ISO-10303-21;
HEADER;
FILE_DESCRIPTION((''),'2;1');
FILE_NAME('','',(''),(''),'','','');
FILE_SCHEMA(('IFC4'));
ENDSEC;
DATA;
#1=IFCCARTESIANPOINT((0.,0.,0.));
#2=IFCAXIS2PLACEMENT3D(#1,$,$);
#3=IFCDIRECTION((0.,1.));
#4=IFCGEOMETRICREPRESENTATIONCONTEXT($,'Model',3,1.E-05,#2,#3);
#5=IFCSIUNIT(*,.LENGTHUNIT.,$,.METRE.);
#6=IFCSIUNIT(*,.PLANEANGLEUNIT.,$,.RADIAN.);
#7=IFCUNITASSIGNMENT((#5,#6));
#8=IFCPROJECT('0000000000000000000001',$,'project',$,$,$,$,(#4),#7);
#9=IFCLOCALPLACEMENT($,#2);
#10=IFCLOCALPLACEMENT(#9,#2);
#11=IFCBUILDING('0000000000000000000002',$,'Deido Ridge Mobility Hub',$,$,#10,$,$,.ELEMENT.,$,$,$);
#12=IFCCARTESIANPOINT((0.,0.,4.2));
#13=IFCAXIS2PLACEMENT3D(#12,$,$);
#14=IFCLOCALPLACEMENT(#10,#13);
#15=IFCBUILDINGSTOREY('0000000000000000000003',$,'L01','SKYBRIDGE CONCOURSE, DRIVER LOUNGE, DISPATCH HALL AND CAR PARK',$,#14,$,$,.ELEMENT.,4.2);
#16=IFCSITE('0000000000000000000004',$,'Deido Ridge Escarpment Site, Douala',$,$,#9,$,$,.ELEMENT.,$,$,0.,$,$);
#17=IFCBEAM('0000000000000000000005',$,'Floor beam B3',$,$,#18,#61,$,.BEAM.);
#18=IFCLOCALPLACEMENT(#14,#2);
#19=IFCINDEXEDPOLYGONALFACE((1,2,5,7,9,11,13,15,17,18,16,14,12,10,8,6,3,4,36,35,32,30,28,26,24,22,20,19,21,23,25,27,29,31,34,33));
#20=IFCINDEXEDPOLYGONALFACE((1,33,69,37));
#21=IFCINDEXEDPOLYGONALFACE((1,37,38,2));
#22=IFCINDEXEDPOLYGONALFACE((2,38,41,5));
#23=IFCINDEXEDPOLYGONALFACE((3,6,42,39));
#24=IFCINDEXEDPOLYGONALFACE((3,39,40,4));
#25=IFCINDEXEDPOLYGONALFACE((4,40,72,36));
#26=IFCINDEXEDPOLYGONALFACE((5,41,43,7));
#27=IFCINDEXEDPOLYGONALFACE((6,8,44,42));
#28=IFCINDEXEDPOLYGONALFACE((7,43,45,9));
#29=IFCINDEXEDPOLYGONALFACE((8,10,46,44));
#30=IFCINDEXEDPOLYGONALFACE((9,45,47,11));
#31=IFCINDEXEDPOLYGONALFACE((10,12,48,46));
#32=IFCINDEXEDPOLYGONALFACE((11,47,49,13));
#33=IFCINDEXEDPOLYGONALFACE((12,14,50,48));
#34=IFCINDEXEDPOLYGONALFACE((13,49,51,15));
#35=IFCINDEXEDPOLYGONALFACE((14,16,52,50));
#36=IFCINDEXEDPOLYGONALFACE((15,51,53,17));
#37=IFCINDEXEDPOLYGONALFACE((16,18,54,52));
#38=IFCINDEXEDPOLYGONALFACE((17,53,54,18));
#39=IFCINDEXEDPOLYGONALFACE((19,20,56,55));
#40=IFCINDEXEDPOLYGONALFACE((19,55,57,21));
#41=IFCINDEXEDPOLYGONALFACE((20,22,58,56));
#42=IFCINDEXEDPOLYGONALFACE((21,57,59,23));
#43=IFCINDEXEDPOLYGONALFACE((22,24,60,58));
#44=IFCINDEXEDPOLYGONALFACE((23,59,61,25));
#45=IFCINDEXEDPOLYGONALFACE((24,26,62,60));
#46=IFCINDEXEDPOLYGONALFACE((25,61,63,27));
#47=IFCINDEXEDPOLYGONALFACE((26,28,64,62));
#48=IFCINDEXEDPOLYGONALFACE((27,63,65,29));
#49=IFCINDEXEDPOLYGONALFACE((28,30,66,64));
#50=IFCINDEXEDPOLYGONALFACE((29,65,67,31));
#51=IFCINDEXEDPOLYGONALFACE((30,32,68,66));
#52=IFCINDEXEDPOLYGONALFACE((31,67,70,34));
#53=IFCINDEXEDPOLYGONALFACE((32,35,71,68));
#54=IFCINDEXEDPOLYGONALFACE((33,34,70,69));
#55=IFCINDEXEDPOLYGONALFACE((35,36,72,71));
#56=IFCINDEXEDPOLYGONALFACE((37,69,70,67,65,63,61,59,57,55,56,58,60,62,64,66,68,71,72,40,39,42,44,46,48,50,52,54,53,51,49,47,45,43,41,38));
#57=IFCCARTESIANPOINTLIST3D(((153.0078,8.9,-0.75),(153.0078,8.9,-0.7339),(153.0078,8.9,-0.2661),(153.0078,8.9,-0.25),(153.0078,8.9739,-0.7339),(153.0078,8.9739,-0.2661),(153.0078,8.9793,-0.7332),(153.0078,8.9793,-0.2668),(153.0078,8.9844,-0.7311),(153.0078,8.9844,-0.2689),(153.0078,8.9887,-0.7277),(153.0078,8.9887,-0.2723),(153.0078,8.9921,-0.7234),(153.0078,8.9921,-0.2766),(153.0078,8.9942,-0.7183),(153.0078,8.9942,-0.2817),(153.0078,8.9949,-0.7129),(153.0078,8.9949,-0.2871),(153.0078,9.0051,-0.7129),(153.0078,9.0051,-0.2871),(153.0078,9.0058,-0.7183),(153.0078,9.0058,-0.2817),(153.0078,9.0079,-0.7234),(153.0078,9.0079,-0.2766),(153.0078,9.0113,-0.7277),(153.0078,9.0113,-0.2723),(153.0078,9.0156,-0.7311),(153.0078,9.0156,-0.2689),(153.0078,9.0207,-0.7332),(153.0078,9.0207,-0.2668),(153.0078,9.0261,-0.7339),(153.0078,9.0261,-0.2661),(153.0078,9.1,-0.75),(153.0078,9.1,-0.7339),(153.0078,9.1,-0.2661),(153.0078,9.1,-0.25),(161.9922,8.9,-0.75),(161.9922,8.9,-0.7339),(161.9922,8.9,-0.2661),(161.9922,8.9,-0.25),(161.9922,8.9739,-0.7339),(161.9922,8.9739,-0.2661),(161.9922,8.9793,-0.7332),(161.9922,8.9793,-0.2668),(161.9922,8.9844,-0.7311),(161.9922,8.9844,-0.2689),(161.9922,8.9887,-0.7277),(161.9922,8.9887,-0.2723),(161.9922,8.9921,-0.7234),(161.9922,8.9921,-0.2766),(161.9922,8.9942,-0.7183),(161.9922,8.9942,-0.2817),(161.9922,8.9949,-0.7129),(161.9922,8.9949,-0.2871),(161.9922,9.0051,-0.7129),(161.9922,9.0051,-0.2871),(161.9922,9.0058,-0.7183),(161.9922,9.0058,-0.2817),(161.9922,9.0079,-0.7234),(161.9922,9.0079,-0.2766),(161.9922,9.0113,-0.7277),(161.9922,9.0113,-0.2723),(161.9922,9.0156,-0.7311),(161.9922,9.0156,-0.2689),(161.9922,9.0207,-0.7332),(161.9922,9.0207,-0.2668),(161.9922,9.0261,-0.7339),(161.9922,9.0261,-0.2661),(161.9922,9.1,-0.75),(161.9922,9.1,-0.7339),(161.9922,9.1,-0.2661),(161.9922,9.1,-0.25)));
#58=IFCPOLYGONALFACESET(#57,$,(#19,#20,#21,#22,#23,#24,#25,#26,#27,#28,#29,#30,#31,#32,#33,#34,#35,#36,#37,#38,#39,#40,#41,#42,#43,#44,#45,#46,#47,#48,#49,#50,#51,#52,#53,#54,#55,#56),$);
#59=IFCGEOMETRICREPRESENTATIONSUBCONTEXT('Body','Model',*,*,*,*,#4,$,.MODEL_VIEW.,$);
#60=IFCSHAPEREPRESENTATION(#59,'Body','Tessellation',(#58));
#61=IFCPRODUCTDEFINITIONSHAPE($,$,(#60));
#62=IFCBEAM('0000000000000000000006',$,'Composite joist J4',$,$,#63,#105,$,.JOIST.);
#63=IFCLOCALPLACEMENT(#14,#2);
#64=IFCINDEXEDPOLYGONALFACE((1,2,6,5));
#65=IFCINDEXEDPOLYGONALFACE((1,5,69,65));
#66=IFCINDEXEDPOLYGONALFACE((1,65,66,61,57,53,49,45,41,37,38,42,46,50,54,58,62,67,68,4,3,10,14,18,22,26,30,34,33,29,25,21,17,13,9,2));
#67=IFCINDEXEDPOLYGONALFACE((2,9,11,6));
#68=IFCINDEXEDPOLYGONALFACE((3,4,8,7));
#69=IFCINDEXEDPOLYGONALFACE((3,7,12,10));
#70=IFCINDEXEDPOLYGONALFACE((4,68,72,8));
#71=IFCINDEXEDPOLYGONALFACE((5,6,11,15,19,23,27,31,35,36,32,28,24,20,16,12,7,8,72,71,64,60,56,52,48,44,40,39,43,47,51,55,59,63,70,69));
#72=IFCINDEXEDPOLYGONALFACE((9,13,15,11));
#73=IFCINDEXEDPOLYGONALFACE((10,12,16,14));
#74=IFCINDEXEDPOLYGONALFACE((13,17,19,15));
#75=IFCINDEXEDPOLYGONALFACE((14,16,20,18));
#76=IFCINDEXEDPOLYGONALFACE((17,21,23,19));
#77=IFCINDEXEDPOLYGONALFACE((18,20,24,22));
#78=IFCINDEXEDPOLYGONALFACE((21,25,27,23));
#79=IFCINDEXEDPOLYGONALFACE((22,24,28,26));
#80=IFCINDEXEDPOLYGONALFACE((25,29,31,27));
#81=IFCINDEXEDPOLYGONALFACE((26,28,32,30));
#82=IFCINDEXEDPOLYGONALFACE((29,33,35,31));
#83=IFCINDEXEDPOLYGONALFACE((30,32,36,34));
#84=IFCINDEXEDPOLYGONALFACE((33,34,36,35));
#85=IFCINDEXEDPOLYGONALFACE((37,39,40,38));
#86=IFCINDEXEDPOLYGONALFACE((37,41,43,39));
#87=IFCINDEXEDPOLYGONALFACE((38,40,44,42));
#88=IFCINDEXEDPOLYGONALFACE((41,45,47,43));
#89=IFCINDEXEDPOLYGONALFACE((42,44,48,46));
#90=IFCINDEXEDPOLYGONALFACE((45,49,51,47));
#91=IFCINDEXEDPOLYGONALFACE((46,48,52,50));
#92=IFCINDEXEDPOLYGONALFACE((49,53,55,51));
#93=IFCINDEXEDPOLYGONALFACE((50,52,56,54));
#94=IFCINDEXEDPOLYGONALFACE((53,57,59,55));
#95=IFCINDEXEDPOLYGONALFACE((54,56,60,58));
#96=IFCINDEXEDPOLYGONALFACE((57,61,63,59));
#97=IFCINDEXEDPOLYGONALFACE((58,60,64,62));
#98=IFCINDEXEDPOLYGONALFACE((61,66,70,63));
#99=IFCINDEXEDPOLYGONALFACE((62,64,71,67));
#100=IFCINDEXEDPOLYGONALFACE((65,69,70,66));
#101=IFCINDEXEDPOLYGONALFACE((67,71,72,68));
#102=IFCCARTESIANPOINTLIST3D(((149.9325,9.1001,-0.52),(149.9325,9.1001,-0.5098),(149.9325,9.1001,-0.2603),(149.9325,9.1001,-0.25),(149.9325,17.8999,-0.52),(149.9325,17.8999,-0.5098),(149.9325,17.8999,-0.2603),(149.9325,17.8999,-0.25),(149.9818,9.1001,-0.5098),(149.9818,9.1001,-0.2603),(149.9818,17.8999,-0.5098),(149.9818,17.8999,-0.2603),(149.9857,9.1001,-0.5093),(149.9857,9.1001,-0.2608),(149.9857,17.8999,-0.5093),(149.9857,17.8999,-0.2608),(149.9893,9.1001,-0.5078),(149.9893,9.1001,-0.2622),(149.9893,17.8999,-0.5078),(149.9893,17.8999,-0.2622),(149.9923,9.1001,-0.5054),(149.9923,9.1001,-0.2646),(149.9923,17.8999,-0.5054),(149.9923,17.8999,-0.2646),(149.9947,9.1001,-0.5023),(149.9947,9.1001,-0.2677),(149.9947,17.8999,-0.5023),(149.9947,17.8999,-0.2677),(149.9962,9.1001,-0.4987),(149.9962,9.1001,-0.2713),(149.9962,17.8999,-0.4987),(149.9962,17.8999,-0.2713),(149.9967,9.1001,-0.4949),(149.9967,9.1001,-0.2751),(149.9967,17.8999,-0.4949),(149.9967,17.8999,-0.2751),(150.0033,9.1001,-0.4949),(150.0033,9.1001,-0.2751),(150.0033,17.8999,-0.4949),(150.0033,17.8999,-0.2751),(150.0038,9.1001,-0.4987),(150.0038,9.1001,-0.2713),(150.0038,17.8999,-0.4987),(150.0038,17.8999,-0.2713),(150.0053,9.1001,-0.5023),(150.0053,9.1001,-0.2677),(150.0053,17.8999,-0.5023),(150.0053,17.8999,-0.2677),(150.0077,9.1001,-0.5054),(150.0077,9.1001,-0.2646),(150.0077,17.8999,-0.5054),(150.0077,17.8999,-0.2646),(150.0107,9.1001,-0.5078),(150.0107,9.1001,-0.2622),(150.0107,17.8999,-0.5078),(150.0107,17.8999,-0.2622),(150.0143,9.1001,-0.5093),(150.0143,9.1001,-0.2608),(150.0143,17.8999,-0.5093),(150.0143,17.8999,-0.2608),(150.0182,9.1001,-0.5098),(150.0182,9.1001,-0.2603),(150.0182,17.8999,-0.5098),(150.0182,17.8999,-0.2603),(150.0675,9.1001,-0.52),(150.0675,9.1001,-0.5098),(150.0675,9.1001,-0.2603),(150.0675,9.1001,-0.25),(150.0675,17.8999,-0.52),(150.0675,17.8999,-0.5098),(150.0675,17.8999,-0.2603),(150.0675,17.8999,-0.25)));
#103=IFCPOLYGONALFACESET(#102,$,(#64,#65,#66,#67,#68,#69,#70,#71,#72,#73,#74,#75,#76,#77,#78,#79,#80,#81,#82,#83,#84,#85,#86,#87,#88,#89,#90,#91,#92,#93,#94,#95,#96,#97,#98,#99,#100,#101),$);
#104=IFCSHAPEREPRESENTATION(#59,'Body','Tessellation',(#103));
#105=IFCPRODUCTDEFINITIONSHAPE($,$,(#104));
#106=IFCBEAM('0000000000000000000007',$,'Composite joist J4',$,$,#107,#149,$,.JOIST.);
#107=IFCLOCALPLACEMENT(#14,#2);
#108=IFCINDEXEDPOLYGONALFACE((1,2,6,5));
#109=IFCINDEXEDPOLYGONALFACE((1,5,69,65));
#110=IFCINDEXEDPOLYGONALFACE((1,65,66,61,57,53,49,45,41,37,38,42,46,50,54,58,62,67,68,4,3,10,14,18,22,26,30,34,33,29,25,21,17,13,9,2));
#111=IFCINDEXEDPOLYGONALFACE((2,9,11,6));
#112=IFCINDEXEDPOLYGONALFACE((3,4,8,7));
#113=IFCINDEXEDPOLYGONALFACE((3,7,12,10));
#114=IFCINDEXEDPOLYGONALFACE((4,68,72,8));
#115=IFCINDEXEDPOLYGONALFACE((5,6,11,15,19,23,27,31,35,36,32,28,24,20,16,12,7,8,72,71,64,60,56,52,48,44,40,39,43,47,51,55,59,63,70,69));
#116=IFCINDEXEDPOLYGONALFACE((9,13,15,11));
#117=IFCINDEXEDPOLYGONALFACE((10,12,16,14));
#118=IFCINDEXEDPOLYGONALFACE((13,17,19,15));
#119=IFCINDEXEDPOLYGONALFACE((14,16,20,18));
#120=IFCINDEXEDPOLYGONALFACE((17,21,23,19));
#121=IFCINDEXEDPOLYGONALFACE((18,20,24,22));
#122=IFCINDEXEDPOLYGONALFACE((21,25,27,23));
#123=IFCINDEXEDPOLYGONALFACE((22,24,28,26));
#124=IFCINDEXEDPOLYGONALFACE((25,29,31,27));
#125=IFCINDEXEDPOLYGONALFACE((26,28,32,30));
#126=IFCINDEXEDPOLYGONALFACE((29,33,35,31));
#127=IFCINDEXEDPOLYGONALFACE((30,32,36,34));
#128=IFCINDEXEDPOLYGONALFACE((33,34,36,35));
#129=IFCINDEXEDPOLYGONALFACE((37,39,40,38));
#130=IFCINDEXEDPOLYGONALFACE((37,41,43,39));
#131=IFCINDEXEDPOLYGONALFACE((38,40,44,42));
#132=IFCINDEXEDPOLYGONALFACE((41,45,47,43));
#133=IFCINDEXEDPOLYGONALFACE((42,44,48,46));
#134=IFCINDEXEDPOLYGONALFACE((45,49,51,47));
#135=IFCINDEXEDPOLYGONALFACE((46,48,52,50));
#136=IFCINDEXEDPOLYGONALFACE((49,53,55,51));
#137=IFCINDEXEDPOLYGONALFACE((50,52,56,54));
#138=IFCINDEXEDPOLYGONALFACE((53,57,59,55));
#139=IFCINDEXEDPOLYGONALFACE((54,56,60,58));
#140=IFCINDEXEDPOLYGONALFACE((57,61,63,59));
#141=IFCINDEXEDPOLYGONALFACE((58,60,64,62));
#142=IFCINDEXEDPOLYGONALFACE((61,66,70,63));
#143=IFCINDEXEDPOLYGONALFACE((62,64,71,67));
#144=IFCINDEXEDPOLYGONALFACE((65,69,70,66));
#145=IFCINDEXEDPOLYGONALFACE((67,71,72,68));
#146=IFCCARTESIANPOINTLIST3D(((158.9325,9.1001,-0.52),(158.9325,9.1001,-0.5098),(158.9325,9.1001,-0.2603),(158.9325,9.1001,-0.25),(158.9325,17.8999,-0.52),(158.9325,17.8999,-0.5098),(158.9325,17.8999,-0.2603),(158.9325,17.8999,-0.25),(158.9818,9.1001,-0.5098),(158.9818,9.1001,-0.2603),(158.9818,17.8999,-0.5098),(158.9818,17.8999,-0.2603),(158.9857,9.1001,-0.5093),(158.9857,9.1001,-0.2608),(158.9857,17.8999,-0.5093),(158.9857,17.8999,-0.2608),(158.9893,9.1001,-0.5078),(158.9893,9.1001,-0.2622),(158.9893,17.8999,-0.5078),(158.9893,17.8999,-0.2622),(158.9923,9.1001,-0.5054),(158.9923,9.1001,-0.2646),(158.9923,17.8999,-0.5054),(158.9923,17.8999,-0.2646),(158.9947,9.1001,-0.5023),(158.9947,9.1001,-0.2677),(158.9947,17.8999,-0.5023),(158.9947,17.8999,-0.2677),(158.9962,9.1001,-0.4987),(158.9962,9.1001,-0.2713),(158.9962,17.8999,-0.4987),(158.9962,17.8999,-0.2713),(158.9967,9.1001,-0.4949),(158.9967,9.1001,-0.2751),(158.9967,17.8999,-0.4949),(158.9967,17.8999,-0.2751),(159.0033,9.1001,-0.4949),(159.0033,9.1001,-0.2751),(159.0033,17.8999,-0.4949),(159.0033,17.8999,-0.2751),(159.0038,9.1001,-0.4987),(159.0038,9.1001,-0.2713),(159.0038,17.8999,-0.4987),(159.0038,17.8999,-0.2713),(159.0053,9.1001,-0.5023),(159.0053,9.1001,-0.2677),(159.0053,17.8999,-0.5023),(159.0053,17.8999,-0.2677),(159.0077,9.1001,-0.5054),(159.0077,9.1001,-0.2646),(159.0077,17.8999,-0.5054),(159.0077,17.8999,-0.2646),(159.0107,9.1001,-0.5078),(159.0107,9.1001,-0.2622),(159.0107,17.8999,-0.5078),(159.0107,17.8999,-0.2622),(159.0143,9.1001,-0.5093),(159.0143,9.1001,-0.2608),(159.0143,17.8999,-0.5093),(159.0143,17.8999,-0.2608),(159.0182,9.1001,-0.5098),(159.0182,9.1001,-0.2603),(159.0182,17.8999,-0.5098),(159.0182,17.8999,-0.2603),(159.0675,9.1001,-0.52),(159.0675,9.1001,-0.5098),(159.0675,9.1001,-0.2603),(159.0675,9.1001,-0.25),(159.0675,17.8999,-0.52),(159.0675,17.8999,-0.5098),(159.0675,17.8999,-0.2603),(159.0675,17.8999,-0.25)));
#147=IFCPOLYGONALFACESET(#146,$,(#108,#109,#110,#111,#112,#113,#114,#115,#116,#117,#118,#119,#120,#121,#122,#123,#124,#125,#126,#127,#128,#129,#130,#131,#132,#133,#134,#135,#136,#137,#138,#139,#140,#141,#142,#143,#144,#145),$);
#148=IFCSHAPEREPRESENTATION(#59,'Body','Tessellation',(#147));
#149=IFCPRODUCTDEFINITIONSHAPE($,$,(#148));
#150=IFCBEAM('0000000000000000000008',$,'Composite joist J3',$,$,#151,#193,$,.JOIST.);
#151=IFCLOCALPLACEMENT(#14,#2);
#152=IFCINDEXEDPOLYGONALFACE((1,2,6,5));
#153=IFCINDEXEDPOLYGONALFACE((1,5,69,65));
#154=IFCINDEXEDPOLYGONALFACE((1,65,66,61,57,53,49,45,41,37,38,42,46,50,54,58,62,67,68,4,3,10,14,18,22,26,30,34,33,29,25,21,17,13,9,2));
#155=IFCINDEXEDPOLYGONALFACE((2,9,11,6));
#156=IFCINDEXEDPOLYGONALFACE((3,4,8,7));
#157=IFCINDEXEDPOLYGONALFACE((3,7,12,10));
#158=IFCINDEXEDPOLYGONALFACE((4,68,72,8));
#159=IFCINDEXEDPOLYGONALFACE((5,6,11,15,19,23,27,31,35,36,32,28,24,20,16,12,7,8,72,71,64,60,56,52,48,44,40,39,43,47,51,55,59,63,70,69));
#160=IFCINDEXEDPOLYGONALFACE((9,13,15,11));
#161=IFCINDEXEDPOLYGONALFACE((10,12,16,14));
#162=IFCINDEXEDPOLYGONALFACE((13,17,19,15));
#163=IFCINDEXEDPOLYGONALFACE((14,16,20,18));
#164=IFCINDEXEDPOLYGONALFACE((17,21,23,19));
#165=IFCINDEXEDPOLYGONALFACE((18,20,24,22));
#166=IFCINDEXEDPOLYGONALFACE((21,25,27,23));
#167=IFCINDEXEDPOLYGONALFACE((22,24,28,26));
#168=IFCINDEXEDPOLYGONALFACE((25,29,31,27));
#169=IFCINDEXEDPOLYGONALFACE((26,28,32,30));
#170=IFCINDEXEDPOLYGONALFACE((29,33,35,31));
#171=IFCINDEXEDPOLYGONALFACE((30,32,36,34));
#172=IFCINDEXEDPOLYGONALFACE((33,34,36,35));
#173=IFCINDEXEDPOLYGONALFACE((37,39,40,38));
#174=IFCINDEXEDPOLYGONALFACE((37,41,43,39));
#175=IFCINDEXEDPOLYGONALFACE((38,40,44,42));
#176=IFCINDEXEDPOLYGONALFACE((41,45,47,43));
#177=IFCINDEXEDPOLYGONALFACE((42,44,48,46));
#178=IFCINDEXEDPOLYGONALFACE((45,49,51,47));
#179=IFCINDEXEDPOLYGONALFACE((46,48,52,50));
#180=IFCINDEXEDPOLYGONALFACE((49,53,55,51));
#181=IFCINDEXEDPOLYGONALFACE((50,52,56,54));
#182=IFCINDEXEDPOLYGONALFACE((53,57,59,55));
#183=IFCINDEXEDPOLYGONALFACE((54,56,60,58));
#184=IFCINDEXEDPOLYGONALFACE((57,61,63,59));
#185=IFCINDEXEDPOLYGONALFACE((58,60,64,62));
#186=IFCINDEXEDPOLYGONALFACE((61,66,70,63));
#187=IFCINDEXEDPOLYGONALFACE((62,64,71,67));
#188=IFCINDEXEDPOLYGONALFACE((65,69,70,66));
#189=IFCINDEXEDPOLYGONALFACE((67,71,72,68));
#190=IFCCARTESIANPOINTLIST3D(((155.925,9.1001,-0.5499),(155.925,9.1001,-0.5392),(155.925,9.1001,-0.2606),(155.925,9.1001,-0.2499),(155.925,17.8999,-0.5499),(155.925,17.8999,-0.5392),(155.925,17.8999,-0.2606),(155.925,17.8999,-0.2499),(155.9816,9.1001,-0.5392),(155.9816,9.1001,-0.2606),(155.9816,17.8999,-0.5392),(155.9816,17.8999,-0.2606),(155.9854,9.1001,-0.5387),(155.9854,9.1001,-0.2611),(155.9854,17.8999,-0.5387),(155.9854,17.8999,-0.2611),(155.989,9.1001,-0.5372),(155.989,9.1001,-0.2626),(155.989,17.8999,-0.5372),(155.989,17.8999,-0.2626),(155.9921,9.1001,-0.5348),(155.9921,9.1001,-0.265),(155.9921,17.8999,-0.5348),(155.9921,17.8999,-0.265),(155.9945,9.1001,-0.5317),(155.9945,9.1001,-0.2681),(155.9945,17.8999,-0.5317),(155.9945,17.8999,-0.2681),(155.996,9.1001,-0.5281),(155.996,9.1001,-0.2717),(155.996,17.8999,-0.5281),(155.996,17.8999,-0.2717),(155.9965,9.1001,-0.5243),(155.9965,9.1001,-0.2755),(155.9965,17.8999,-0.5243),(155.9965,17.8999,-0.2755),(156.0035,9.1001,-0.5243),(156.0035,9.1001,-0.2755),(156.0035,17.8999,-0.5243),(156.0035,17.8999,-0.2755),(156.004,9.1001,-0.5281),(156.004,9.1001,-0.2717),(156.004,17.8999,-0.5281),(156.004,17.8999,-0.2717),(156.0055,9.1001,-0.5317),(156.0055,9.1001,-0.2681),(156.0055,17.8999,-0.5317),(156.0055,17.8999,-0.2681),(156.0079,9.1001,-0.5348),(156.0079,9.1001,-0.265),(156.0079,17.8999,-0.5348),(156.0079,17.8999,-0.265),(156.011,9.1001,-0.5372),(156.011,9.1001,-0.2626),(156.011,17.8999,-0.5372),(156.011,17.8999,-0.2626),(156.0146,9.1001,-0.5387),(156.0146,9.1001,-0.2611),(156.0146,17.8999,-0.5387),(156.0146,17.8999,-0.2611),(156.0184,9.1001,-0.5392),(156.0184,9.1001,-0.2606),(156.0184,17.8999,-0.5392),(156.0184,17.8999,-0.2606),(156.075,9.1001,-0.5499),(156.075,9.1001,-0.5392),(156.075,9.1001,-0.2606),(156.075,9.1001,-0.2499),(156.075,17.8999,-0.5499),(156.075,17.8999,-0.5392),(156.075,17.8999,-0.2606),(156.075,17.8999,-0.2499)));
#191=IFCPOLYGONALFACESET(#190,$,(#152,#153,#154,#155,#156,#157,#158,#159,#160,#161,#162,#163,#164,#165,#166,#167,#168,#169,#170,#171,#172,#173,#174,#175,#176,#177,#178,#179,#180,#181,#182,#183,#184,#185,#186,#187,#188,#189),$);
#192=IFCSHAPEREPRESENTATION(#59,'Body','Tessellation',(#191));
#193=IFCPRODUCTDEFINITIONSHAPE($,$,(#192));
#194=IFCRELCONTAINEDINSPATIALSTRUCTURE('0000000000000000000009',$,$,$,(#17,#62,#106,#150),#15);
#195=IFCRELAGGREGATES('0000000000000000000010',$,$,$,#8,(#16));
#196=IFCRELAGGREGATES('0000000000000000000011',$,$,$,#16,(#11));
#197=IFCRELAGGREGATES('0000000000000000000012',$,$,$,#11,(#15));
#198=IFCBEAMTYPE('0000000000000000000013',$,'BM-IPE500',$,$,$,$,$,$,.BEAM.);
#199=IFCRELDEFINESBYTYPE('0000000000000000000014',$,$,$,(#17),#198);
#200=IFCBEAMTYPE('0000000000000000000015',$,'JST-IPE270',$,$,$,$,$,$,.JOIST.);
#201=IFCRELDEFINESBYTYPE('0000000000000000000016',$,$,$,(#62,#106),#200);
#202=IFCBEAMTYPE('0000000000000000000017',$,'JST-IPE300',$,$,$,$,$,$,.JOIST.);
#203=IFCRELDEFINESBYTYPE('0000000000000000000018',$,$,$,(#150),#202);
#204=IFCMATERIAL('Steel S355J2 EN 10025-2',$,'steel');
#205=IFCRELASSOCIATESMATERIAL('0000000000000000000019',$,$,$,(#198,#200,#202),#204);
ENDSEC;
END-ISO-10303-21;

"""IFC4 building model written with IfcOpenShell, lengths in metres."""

from ifc_helpers import new_model, si_unit, direction, frame, origin, origin_2d, place, context, subcontext, project, spatial, i_section, extrude, material, material_profile, profile_set, type_object, element, save


model = new_model("IFC4")

# Units and contexts
model_context = context("Model", 3, precision=1e-05, world=origin(), true_north=direction((0.0, 1.0)))
body_context = subcontext(model_context, "Body", "Model", "MODEL_VIEW")
ifc_project = project(units=[si_unit("LENGTHUNIT", "METRE"), si_unit("PLANEANGLEUNIT", "RADIAN")], contexts=[model_context])

# Site, building, storey
site_placement = place(None, origin())
site = spatial("IfcSite", under=ifc_project, at=site_placement, Name="Deido Ridge Escarpment Site, Douala", CompositionType="ELEMENT", RefElevation=0.0)
building_placement = place(site_placement, origin())
building = spatial("IfcBuilding", under=site, at=building_placement, Name="Deido Ridge Mobility Hub", CompositionType="ELEMENT")
storey_placement = place(building_placement, frame((0.0, 0.0, 4.2)))
storey = spatial("IfcBuildingStorey", under=building, at=storey_placement, Name="L01", Description="SKYBRIDGE CONCOURSE, DRIVER LOUNGE, DISPATCH HALL AND CAR PARK", CompositionType="ELEMENT", Elevation=4.2)

# Shared definitions
ifc_material_1 = material(Name="Steel S355J2 EN 10025-2", Category="steel")

# Beams
ifc_material_profile_1 = material_profile(ifc_material_1, i_section(OverallWidth=0.2, OverallDepth=0.5, WebThickness=0.0103, FlangeThickness=0.0161, FilletRadius=0.021, at=origin_2d()), Name="IPE 500")
ifc_profile_set_1 = profile_set([ifc_material_profile_1], Name="Steel S355J2 EN 10025-2")
beam_type_1 = type_object("IfcBeamType", Name="BM-IPE500", PredefinedType="BEAM", material=ifc_profile_set_1)
for number, where, z_axis, x_axis, name in (
    (1, (153.0078, 9.0, -0.5), (1.0, 0.0, 0.0), (0.0, 1.0, 0.0), "Floor beam B3"),
):
    element("IfcBeam", number, at=place(storey_placement, frame(where, z_axis=z_axis, x_axis=x_axis)), inside=storey, type_object=beam_type_1, Name=name, PredefinedType="BEAM", context=body_context, shape_type="SweptSolid", body=[
        extrude(i_section(OverallWidth=0.2, OverallDepth=0.5, WebThickness=0.0103, FlangeThickness=0.0161, FilletRadius=0.021, at=origin_2d()), origin(), (0.0, 0.0, 1.0), 8.9844),
    ])
ifc_material_profile_2 = material_profile(ifc_material_1, i_section(OverallWidth=0.135, OverallDepth=0.27, WebThickness=0.0066, FlangeThickness=0.0103, FilletRadius=0.0149, at=origin_2d()), Name="IPE 270")
ifc_profile_set_2 = profile_set([ifc_material_profile_2], Name="Steel S355J2 EN 10025-2")
beam_type_2 = type_object("IfcBeamType", Name="JST-IPE270", PredefinedType="JOIST", material=ifc_profile_set_2)
for number, where, z_axis, x_axis, name in (
    (2, (150.0, 9.1001, -0.385), (0.0, 1.0, 0.0), (-1.0, 0.0, 0.0), "Composite joist J4"),
    (3, (159.0, 9.1001, -0.385), (0.0, 1.0, 0.0), (-1.0, 0.0, 0.0), "Composite joist J4"),
):
    element("IfcBeam", number, at=place(storey_placement, frame(where, z_axis=z_axis, x_axis=x_axis)), inside=storey, type_object=beam_type_2, Name=name, PredefinedType="JOIST", context=body_context, shape_type="SweptSolid", body=[
        extrude(i_section(OverallWidth=0.135, OverallDepth=0.27, WebThickness=0.0066, FlangeThickness=0.0103, FilletRadius=0.0149, at=origin_2d()), origin(), (0.0, 0.0, 1.0), 8.7998),
    ])
ifc_material_profile_3 = material_profile(ifc_material_1, i_section(OverallWidth=0.1499, OverallDepth=0.3, WebThickness=0.0071, FlangeThickness=0.0107, FilletRadius=0.0149, at=origin_2d()), Name="IPE 300")
ifc_profile_set_3 = profile_set([ifc_material_profile_3], Name="Steel S355J2 EN 10025-2")
beam_type_3 = type_object("IfcBeamType", Name="JST-IPE300", PredefinedType="JOIST", material=ifc_profile_set_3)
beam_1_placement = place(storey_placement, frame((156.0, 9.1001, -0.3999), z_axis=(0.0, 1.0, 0.0), x_axis=(-1.0, 0.0, 0.0)))
element("IfcBeam", 4, at=beam_1_placement, inside=storey, type_object=beam_type_3, Name="Composite joist J3", PredefinedType="JOIST", context=body_context, shape_type="SweptSolid", body=[
    extrude(i_section(OverallWidth=0.1499, OverallDepth=0.3, WebThickness=0.0071, FlangeThickness=0.0107, FilletRadius=0.0149, at=origin_2d()), origin(), (0.0, 0.0, 1.0), 8.7998),
])

save(model, "model.ifc")
